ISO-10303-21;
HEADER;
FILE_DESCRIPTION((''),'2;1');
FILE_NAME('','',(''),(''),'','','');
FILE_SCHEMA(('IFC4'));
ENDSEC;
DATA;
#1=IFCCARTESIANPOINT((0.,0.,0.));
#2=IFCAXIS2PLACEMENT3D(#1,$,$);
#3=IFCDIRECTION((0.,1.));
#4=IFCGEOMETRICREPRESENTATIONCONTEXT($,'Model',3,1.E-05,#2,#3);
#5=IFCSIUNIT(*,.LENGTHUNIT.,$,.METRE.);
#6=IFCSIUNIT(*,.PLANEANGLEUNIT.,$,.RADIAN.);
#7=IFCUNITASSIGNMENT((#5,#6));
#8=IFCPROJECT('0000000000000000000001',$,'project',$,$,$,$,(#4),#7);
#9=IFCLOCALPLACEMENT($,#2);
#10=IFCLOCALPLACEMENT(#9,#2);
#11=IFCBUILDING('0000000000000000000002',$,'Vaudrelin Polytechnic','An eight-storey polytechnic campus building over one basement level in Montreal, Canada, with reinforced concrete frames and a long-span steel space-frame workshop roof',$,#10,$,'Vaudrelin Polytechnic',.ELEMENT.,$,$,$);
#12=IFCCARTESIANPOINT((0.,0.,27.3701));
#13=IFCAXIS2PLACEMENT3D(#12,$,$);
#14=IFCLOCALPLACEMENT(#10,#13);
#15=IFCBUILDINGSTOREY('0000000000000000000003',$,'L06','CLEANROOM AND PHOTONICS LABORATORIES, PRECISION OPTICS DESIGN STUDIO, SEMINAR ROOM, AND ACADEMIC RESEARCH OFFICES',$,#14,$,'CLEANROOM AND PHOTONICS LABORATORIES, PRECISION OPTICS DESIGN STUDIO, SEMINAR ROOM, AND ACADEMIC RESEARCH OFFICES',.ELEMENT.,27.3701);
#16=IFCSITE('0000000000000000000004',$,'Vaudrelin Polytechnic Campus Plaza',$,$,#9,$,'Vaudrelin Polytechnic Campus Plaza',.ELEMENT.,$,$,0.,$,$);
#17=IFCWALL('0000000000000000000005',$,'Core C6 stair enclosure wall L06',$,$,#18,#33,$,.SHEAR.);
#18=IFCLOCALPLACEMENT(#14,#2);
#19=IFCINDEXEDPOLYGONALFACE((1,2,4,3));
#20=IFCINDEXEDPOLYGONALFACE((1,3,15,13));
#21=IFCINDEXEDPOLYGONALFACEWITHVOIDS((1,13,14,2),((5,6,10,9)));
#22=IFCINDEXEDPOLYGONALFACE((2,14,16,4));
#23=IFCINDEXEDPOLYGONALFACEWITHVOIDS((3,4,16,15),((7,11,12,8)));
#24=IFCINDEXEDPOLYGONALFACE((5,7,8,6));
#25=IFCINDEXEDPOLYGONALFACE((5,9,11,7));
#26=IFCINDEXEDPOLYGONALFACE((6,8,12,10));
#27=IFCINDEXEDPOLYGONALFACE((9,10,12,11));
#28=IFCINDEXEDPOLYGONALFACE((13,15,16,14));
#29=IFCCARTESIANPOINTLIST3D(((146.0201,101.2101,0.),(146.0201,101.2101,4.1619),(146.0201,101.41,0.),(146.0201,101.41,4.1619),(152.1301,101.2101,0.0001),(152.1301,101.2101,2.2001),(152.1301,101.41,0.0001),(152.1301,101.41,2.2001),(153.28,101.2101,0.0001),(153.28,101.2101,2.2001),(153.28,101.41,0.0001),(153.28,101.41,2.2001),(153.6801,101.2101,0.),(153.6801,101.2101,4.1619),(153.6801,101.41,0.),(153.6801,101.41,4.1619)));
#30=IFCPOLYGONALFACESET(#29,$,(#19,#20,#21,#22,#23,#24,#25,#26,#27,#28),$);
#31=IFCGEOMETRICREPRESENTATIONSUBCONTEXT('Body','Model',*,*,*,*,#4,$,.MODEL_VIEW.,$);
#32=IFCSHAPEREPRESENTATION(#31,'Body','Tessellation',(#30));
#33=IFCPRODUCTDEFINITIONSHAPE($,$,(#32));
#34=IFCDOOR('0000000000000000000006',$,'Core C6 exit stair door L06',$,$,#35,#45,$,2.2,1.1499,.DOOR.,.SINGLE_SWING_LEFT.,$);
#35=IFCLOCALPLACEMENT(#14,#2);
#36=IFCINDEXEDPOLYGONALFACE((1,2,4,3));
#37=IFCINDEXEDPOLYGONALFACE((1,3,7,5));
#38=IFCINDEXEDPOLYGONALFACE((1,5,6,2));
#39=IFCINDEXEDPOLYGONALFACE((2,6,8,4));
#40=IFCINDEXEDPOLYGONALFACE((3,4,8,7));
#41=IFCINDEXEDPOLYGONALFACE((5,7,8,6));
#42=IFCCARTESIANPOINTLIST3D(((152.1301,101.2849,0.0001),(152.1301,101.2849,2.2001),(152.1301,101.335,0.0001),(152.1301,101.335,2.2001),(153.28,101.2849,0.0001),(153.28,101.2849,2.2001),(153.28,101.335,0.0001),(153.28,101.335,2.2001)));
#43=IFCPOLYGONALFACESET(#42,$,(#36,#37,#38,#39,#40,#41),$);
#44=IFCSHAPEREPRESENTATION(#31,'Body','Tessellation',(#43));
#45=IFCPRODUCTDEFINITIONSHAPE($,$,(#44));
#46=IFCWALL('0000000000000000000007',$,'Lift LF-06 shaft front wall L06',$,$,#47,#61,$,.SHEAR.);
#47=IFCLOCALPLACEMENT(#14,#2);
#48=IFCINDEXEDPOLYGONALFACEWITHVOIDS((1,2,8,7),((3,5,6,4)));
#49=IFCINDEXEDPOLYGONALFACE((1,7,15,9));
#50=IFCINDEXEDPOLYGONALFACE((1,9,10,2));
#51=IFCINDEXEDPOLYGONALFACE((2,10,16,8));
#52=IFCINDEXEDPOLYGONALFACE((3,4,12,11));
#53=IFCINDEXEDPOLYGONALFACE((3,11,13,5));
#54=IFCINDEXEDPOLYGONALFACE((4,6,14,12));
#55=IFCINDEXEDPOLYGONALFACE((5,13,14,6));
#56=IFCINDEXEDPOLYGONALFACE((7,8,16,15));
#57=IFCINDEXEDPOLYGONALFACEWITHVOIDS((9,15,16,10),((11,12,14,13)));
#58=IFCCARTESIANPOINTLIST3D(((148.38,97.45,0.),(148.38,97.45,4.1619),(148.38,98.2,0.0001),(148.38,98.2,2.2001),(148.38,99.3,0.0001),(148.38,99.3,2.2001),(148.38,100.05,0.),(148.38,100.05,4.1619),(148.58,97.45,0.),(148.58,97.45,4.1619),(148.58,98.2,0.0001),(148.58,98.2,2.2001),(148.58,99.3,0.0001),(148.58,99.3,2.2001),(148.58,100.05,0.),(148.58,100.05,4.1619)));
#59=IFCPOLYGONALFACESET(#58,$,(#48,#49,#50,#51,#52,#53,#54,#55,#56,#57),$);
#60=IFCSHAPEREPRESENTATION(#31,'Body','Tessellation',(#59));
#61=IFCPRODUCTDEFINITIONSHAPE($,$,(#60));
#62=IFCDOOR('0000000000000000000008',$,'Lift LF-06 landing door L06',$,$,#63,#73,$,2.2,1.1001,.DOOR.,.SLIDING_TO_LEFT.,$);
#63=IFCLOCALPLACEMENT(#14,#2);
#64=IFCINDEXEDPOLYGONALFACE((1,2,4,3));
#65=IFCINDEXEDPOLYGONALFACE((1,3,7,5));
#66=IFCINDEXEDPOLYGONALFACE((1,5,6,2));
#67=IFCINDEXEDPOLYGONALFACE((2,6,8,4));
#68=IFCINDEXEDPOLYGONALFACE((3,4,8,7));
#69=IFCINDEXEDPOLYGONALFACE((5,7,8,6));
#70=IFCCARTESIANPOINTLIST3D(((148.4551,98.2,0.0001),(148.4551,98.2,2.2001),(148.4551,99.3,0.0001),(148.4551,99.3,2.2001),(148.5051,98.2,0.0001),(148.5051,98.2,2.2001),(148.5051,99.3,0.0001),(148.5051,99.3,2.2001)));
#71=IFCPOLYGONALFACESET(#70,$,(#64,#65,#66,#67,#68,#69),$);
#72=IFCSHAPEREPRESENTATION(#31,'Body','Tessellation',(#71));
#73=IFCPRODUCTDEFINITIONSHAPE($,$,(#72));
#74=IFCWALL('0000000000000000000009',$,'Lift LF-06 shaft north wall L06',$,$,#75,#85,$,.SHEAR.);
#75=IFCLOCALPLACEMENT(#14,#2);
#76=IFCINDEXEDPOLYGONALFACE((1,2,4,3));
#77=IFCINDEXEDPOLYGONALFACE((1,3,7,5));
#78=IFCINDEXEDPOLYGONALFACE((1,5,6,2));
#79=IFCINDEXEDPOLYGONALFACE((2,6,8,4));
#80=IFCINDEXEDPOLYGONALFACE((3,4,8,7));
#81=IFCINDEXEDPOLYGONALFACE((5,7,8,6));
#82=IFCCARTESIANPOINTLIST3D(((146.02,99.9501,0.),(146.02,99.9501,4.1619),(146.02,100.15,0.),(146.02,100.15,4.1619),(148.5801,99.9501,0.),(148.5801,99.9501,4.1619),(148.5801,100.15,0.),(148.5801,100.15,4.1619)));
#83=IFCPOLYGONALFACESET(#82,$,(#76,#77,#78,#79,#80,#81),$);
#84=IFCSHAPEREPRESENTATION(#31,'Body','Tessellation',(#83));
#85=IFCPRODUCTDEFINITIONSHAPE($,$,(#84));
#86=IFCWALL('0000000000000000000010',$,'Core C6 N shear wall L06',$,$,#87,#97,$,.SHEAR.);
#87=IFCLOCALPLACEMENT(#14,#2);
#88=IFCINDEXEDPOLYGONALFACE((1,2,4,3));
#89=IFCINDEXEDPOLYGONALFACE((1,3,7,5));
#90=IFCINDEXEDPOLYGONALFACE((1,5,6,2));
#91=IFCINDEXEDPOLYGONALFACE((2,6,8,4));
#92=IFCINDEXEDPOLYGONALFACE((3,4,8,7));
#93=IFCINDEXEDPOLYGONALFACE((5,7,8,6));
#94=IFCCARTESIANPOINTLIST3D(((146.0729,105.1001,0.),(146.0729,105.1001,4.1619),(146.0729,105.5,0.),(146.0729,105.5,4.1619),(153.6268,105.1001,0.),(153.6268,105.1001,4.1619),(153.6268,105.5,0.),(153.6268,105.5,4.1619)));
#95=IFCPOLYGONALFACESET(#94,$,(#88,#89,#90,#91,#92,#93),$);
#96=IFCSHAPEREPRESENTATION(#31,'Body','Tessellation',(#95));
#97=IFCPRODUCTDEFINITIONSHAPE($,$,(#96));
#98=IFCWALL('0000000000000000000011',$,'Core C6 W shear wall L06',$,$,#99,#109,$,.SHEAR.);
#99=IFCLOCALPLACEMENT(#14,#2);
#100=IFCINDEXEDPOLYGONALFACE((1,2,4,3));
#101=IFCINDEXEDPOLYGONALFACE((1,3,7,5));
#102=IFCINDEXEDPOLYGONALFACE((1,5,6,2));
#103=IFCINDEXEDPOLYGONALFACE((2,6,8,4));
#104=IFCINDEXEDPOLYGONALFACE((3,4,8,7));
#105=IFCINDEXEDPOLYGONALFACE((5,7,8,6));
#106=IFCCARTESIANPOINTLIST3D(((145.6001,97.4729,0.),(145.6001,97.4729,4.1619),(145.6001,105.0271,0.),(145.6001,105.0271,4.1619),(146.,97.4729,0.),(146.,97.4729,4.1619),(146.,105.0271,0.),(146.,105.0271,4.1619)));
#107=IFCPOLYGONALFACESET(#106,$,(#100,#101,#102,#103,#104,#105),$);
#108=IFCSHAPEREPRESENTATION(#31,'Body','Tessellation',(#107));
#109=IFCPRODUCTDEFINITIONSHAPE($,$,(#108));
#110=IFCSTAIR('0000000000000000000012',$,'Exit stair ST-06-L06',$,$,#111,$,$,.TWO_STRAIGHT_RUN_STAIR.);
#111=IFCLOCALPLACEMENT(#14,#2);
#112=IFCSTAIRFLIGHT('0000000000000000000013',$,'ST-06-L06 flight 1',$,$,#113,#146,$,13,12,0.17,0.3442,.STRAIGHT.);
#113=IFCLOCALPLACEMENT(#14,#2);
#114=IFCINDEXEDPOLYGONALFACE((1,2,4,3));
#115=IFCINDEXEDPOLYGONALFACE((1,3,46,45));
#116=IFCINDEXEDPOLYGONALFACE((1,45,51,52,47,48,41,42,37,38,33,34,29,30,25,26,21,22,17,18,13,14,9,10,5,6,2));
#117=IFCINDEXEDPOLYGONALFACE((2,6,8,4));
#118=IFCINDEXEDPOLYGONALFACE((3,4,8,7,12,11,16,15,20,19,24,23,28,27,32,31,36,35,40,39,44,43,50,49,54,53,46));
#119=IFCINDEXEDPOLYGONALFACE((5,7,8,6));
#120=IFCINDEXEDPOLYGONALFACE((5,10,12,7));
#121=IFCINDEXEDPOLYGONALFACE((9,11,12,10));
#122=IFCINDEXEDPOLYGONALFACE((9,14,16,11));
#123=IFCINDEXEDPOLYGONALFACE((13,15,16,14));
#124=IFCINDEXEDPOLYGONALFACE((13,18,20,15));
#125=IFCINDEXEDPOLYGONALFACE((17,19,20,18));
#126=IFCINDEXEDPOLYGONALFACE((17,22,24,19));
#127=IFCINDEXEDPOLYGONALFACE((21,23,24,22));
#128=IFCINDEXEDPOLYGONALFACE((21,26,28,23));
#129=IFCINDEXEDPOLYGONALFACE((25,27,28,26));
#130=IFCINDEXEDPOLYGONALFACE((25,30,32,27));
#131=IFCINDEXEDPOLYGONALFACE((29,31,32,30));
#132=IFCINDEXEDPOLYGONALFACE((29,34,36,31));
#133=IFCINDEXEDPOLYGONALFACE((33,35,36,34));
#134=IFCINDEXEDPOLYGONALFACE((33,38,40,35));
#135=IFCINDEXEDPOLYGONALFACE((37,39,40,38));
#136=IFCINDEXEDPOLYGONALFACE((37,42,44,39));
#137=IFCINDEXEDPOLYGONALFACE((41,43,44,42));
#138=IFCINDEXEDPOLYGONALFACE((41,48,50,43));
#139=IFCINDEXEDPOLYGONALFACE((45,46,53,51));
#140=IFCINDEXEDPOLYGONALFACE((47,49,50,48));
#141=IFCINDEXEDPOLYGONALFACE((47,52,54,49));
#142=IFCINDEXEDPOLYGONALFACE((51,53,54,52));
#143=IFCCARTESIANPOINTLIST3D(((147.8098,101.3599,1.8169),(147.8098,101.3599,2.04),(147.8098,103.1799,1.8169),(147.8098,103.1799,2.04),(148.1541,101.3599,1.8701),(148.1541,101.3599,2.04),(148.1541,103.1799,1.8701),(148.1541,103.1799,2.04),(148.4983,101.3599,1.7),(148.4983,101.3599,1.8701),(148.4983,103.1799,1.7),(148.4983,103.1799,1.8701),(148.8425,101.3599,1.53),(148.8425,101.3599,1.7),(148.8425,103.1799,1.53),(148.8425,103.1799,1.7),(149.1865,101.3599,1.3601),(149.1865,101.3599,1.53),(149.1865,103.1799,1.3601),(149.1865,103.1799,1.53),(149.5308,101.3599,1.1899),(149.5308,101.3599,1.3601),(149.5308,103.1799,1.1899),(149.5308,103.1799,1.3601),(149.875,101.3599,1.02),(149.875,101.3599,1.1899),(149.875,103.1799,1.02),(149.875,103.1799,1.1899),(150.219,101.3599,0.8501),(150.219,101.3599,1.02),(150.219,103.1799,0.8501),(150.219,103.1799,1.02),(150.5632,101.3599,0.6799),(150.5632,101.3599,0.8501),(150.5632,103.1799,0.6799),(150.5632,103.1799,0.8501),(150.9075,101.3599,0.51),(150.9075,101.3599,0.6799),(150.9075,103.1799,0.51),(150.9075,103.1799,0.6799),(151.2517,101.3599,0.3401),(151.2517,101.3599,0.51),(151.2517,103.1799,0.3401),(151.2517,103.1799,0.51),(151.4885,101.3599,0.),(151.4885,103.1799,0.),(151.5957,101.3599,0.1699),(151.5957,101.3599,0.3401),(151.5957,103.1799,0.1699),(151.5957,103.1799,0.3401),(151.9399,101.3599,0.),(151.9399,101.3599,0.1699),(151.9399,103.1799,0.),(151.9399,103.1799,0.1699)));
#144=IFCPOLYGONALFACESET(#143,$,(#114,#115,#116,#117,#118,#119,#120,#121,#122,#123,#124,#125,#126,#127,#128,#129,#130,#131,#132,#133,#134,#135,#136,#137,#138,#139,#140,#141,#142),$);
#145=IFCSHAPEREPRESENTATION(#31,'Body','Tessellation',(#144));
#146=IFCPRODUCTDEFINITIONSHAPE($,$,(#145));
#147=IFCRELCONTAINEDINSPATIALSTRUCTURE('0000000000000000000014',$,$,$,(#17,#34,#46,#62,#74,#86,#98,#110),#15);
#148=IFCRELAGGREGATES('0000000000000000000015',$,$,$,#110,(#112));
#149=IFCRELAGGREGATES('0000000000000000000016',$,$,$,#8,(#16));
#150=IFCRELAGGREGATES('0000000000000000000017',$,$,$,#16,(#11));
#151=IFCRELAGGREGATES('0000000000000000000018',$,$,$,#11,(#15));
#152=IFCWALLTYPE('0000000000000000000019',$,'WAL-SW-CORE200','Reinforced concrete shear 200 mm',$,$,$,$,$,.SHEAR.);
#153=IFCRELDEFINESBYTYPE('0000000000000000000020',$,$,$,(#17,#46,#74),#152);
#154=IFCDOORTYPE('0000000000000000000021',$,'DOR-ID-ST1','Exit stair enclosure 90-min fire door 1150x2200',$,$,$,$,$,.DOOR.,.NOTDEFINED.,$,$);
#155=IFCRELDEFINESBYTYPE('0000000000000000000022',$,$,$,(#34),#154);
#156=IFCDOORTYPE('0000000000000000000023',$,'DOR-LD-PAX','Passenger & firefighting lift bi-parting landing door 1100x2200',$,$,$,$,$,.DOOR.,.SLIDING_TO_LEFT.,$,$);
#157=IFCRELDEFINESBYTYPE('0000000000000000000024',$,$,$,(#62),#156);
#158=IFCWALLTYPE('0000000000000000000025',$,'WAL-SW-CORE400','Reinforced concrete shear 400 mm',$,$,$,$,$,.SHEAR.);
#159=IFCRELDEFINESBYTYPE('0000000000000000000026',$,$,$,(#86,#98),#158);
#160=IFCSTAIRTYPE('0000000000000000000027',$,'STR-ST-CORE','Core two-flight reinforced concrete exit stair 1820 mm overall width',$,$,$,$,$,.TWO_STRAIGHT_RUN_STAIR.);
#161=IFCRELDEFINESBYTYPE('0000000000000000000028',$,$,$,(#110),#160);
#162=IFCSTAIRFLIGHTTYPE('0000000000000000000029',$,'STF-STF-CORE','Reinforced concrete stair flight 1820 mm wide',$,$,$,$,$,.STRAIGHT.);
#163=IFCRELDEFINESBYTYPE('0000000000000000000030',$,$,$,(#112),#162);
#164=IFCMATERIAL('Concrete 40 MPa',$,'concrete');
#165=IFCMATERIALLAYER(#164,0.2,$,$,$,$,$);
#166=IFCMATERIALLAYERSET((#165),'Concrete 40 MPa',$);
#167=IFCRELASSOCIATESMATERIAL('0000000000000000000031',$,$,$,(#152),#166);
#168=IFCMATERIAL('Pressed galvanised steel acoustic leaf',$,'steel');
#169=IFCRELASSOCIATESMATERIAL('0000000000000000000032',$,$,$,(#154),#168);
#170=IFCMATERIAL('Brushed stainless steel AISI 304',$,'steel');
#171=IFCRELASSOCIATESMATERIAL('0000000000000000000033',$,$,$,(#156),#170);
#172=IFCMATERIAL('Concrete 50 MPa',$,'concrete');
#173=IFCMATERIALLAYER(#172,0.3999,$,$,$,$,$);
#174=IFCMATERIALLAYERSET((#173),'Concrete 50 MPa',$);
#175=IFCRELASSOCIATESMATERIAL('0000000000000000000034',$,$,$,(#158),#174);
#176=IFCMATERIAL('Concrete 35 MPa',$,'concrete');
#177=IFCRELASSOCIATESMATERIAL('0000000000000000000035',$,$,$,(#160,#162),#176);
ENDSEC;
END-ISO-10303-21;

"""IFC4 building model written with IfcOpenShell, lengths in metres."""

from ifc_helpers import new_model, si_unit, direction, frame, frame_2d, origin, place, context, subcontext, project, spatial, polyline, rectangle, outline, extrude, material, layer, layer_set, type_object, element, fill, aggregate, save


model = new_model("IFC4")

# Units and contexts
model_context = context("Model", 3, precision=1e-05, world=origin(), true_north=direction((0.0, 1.0)))
body_context = subcontext(model_context, "Body", "Model", "MODEL_VIEW")
ifc_project = project(units=[si_unit("LENGTHUNIT", "METRE"), si_unit("PLANEANGLEUNIT", "RADIAN")], contexts=[model_context])

# Site, building, storey
site_placement = place(None, origin())
site = spatial("IfcSite", under=ifc_project, at=site_placement, Name="Vaudrelin Polytechnic Campus Plaza", LongName="Vaudrelin Polytechnic Campus Plaza", CompositionType="ELEMENT", RefElevation=0.0)
building_placement = place(site_placement, origin())
building = spatial("IfcBuilding", under=site, at=building_placement, Name="Vaudrelin Polytechnic", Description="An eight-storey polytechnic campus building over one basement level in Montreal, Canada, with reinforced concrete frames and a long-span steel space-frame workshop roof", LongName="Vaudrelin Polytechnic", CompositionType="ELEMENT")
storey_placement = place(building_placement, frame((0.0, 0.0, 27.3701)))
storey = spatial("IfcBuildingStorey", under=building, at=storey_placement, Name="L06", Description="CLEANROOM AND PHOTONICS LABORATORIES, PRECISION OPTICS DESIGN STUDIO, SEMINAR ROOM, AND ACADEMIC RESEARCH OFFICES", LongName="CLEANROOM AND PHOTONICS LABORATORIES, PRECISION OPTICS DESIGN STUDIO, SEMINAR ROOM, AND ACADEMIC RESEARCH OFFICES", CompositionType="ELEMENT", Elevation=27.3701)

# Shared definitions
ifc_material_1 = material(Name="Concrete 40 MPa", Category="concrete")

# Walls, openings, doors
ifc_material_2 = material(Name="Pressed galvanised steel acoustic leaf", Category="steel")
ifc_layer_1 = layer(ifc_material_1, 0.2)
ifc_layer_set_1 = layer_set([ifc_layer_1], Name="Concrete 40 MPa")
wall_type_1 = type_object("IfcWallType", Name="WAL-SW-CORE200", Description="Reinforced concrete shear 200 mm", PredefinedType="SHEAR", material=ifc_layer_set_1)
wall_1_placement = place(storey_placement, frame((146.02, 101.3101, 0.0), z_axis=(0.0, 0.0, 1.0), x_axis=(1.0, 0.0, 0.0)))
wall_1 = element("IfcWall", 1, at=wall_1_placement, inside=storey, type_object=wall_type_1, Name="Core C6 stair enclosure wall L06", PredefinedType="SHEAR", context=body_context, shape_type="SweptSolid", body=[
    extrude(rectangle(XDim=7.6599, YDim=0.2, at=frame_2d((3.8301, 0.0))), origin(), (0.0, 0.0, 1.0), 4.1619),
])
opening_1_placement = place(wall_1_placement, frame((6.1101, 0.0, 0.0)))
opening_1 = element("IfcOpeningElement", 2, at=opening_1_placement, cuts=wall_1, PredefinedType="OPENING", context=body_context, shape_type="SweptSolid", body=[
    extrude(rectangle(XDim=1.1499, YDim=2.2, at=frame_2d((0.575, 1.1001))), frame((0.0, 0.1099, 0.0), z_axis=(0.0, -1.0, 0.0), x_axis=(1.0, 0.0, 0.0)), (0.0, 0.0, 1.0), 0.22),
])
door_type_1 = type_object("IfcDoorType", Name="DOR-ID-ST1", Description="Exit stair enclosure 90-min fire door 1150x2200", OperationType="NOTDEFINED", PredefinedType="DOOR", material=ifc_material_2)
door_1_placement = place(opening_1_placement, origin())
door_1 = element("IfcDoor", 3, at=door_1_placement, inside=storey, type_object=door_type_1, Name="Core C6 exit stair door L06", OperationType="SINGLE_SWING_LEFT", OverallHeight=2.2, OverallWidth=1.1499, PredefinedType="DOOR", context=body_context, shape_type="SweptSolid", body=[
    extrude(rectangle(XDim=1.1499, YDim=2.2, at=frame_2d((0.575, 1.1001))), frame((0.0, 0.0249, 0.0), z_axis=(0.0, -1.0, 0.0), x_axis=(1.0, 0.0, 0.0)), (0.0, 0.0, 1.0), 0.05),
])
fill(opening_1, door_1)
wall_2_placement = place(storey_placement, frame((148.48, 97.45, 0.0), z_axis=(0.0, 0.0, 1.0), x_axis=(0.0, 1.0, 0.0)))
wall_2 = element("IfcWall", 4, at=wall_2_placement, inside=storey, type_object=wall_type_1, Name="Lift LF-06 shaft front wall L06", PredefinedType="SHEAR", context=body_context, shape_type="SweptSolid", body=[
    extrude(rectangle(XDim=2.6001, YDim=0.2, at=frame_2d((1.3, 0.0))), origin(), (0.0, 0.0, 1.0), 4.1619),
])
opening_2_placement = place(wall_2_placement, frame((0.75, 0.0, 0.0)))
opening_2 = element("IfcOpeningElement", 5, at=opening_2_placement, cuts=wall_2, PredefinedType="OPENING", context=body_context, shape_type="SweptSolid", body=[
    extrude(rectangle(XDim=1.1001, YDim=2.2, at=frame_2d((0.55, 1.1001))), frame((0.0, 0.1099, 0.0), z_axis=(0.0, -1.0, 0.0), x_axis=(1.0, 0.0, 0.0)), (0.0, 0.0, 1.0), 0.22),
])
ifc_material_3 = material(Name="Brushed stainless steel AISI 304", Category="steel")
door_type_2 = type_object("IfcDoorType", Name="DOR-LD-PAX", Description="Passenger & firefighting lift bi-parting landing door 1100x2200", OperationType="SLIDING_TO_LEFT", PredefinedType="DOOR", material=ifc_material_3)
door_2_placement = place(opening_2_placement, origin())
door_2 = element("IfcDoor", 6, at=door_2_placement, inside=storey, type_object=door_type_2, Name="Lift LF-06 landing door L06", OperationType="SLIDING_TO_LEFT", OverallHeight=2.2, OverallWidth=1.1001, PredefinedType="DOOR", context=body_context, shape_type="SweptSolid", body=[
    extrude(rectangle(XDim=1.1001, YDim=2.2, at=frame_2d((0.55, 1.1001))), frame((0.0, 0.0249, 0.0), z_axis=(0.0, -1.0, 0.0), x_axis=(1.0, 0.0, 0.0)), (0.0, 0.0, 1.0), 0.05),
])
fill(opening_2, door_2)

# Walls
wall_3_placement = place(storey_placement, frame((146.02, 100.05, 0.0), z_axis=(0.0, 0.0, 1.0), x_axis=(1.0, 0.0, 0.0)))
element("IfcWall", 7, at=wall_3_placement, inside=storey, type_object=wall_type_1, Name="Lift LF-06 shaft north wall L06", PredefinedType="SHEAR", context=body_context, shape_type="SweptSolid", body=[
    extrude(rectangle(XDim=2.5601, YDim=0.2, at=frame_2d((1.28, 0.0))), origin(), (0.0, 0.0, 1.0), 4.1619),
])
ifc_material_4 = material(Name="Concrete 50 MPa", Category="concrete")
ifc_layer_2 = layer(ifc_material_4, 0.3999)
ifc_layer_set_2 = layer_set([ifc_layer_2], Name="Concrete 50 MPa")
wall_type_2 = type_object("IfcWallType", Name="WAL-SW-CORE400", Description="Reinforced concrete shear 400 mm", PredefinedType="SHEAR", material=ifc_layer_set_2)
wall_4_placement = place(storey_placement, frame((146.073, 105.3, 0.0), z_axis=(0.0, 0.0, 1.0), x_axis=(1.0, 0.0, 0.0)))
element("IfcWall", 8, at=wall_4_placement, inside=storey, type_object=wall_type_2, Name="Core C6 N shear wall L06", PredefinedType="SHEAR", context=body_context, shape_type="SweptSolid", body=[
    extrude(rectangle(XDim=7.554, YDim=0.3999, at=frame_2d((3.7769, 0.0))), origin(), (0.0, 0.0, 1.0), 4.1619),
])
wall_5_placement = place(storey_placement, frame((145.8, 97.4729, 0.0), z_axis=(0.0, 0.0, 1.0), x_axis=(0.0, 1.0, 0.0)))
element("IfcWall", 9, at=wall_5_placement, inside=storey, type_object=wall_type_2, Name="Core C6 W shear wall L06", PredefinedType="SHEAR", context=body_context, shape_type="SweptSolid", body=[
    extrude(rectangle(XDim=7.5542, YDim=0.3999, at=frame_2d((3.7771, 0.0))), origin(), (0.0, 0.0, 1.0), 4.1619),
])

# Stair, stair flight
ifc_material_5 = material(Name="Concrete 35 MPa", Category="concrete")
stair_type = type_object("IfcStairType", Name="STR-ST-CORE", Description="Core two-flight reinforced concrete exit stair 1820 mm overall width", PredefinedType="TWO_STRAIGHT_RUN_STAIR", material=ifc_material_5)
stair_placement = place(storey_placement, origin())
stair = element("IfcStair", 10, at=stair_placement, inside=storey, type_object=stair_type, Name="Exit stair ST-06-L06", PredefinedType="TWO_STRAIGHT_RUN_STAIR")
stair_flight_type = type_object("IfcStairFlightType", Name="STF-STF-CORE", Description="Reinforced concrete stair flight 1820 mm wide", PredefinedType="STRAIGHT", material=ifc_material_5)
stair_flight_1_placement = place(storey_placement, frame((151.9399, 102.27, 0.0), z_axis=(0.0, 0.0, 1.0), x_axis=(-1.0, 0.0, 0.0)))
stair_flight_1 = element("IfcStairFlight", 11, at=stair_flight_1_placement, type_object=stair_flight_type, Name="ST-06-L06 flight 1", NumberOfRisers=13, NumberOfTreads=12, PredefinedType="STRAIGHT", RiserHeight=0.17, TreadLength=0.3442, context=body_context, shape_type="SweptSolid", body=[
    extrude(outline(polyline([(0.0, 0.0), (0.0, 0.1699), (0.3442, 0.1699), (0.3442, 0.3401), (0.6882, 0.3401), (0.6882, 0.51), (1.0325, 0.51), (1.0325, 0.6799), (1.3767, 0.6799), (1.3767, 0.8501), (1.7209, 0.8501), (1.7209, 1.02), (2.0649, 1.02), (2.0649, 1.1899), (2.4092, 1.1899), (2.4092, 1.3601), (2.7534, 1.3601), (2.7534, 1.53), (3.0974, 1.53), (3.0974, 1.7), (3.4417, 1.7), (3.4417, 1.8701), (3.7859, 1.8701), (3.7859, 2.04), (4.1301, 2.04), (4.1301, 2.21), (4.1301, 1.8169), (0.4514, 0.0), (0.0, 0.0)])), frame((0.0, 0.9102, 0.0), z_axis=(0.0, -1.0, 0.0), x_axis=(1.0, 0.0, 0.0)), (0.0, 0.0, 1.0), 1.8201),
])
aggregate(stair, [stair_flight_1])

save(model, "model.ifc")
